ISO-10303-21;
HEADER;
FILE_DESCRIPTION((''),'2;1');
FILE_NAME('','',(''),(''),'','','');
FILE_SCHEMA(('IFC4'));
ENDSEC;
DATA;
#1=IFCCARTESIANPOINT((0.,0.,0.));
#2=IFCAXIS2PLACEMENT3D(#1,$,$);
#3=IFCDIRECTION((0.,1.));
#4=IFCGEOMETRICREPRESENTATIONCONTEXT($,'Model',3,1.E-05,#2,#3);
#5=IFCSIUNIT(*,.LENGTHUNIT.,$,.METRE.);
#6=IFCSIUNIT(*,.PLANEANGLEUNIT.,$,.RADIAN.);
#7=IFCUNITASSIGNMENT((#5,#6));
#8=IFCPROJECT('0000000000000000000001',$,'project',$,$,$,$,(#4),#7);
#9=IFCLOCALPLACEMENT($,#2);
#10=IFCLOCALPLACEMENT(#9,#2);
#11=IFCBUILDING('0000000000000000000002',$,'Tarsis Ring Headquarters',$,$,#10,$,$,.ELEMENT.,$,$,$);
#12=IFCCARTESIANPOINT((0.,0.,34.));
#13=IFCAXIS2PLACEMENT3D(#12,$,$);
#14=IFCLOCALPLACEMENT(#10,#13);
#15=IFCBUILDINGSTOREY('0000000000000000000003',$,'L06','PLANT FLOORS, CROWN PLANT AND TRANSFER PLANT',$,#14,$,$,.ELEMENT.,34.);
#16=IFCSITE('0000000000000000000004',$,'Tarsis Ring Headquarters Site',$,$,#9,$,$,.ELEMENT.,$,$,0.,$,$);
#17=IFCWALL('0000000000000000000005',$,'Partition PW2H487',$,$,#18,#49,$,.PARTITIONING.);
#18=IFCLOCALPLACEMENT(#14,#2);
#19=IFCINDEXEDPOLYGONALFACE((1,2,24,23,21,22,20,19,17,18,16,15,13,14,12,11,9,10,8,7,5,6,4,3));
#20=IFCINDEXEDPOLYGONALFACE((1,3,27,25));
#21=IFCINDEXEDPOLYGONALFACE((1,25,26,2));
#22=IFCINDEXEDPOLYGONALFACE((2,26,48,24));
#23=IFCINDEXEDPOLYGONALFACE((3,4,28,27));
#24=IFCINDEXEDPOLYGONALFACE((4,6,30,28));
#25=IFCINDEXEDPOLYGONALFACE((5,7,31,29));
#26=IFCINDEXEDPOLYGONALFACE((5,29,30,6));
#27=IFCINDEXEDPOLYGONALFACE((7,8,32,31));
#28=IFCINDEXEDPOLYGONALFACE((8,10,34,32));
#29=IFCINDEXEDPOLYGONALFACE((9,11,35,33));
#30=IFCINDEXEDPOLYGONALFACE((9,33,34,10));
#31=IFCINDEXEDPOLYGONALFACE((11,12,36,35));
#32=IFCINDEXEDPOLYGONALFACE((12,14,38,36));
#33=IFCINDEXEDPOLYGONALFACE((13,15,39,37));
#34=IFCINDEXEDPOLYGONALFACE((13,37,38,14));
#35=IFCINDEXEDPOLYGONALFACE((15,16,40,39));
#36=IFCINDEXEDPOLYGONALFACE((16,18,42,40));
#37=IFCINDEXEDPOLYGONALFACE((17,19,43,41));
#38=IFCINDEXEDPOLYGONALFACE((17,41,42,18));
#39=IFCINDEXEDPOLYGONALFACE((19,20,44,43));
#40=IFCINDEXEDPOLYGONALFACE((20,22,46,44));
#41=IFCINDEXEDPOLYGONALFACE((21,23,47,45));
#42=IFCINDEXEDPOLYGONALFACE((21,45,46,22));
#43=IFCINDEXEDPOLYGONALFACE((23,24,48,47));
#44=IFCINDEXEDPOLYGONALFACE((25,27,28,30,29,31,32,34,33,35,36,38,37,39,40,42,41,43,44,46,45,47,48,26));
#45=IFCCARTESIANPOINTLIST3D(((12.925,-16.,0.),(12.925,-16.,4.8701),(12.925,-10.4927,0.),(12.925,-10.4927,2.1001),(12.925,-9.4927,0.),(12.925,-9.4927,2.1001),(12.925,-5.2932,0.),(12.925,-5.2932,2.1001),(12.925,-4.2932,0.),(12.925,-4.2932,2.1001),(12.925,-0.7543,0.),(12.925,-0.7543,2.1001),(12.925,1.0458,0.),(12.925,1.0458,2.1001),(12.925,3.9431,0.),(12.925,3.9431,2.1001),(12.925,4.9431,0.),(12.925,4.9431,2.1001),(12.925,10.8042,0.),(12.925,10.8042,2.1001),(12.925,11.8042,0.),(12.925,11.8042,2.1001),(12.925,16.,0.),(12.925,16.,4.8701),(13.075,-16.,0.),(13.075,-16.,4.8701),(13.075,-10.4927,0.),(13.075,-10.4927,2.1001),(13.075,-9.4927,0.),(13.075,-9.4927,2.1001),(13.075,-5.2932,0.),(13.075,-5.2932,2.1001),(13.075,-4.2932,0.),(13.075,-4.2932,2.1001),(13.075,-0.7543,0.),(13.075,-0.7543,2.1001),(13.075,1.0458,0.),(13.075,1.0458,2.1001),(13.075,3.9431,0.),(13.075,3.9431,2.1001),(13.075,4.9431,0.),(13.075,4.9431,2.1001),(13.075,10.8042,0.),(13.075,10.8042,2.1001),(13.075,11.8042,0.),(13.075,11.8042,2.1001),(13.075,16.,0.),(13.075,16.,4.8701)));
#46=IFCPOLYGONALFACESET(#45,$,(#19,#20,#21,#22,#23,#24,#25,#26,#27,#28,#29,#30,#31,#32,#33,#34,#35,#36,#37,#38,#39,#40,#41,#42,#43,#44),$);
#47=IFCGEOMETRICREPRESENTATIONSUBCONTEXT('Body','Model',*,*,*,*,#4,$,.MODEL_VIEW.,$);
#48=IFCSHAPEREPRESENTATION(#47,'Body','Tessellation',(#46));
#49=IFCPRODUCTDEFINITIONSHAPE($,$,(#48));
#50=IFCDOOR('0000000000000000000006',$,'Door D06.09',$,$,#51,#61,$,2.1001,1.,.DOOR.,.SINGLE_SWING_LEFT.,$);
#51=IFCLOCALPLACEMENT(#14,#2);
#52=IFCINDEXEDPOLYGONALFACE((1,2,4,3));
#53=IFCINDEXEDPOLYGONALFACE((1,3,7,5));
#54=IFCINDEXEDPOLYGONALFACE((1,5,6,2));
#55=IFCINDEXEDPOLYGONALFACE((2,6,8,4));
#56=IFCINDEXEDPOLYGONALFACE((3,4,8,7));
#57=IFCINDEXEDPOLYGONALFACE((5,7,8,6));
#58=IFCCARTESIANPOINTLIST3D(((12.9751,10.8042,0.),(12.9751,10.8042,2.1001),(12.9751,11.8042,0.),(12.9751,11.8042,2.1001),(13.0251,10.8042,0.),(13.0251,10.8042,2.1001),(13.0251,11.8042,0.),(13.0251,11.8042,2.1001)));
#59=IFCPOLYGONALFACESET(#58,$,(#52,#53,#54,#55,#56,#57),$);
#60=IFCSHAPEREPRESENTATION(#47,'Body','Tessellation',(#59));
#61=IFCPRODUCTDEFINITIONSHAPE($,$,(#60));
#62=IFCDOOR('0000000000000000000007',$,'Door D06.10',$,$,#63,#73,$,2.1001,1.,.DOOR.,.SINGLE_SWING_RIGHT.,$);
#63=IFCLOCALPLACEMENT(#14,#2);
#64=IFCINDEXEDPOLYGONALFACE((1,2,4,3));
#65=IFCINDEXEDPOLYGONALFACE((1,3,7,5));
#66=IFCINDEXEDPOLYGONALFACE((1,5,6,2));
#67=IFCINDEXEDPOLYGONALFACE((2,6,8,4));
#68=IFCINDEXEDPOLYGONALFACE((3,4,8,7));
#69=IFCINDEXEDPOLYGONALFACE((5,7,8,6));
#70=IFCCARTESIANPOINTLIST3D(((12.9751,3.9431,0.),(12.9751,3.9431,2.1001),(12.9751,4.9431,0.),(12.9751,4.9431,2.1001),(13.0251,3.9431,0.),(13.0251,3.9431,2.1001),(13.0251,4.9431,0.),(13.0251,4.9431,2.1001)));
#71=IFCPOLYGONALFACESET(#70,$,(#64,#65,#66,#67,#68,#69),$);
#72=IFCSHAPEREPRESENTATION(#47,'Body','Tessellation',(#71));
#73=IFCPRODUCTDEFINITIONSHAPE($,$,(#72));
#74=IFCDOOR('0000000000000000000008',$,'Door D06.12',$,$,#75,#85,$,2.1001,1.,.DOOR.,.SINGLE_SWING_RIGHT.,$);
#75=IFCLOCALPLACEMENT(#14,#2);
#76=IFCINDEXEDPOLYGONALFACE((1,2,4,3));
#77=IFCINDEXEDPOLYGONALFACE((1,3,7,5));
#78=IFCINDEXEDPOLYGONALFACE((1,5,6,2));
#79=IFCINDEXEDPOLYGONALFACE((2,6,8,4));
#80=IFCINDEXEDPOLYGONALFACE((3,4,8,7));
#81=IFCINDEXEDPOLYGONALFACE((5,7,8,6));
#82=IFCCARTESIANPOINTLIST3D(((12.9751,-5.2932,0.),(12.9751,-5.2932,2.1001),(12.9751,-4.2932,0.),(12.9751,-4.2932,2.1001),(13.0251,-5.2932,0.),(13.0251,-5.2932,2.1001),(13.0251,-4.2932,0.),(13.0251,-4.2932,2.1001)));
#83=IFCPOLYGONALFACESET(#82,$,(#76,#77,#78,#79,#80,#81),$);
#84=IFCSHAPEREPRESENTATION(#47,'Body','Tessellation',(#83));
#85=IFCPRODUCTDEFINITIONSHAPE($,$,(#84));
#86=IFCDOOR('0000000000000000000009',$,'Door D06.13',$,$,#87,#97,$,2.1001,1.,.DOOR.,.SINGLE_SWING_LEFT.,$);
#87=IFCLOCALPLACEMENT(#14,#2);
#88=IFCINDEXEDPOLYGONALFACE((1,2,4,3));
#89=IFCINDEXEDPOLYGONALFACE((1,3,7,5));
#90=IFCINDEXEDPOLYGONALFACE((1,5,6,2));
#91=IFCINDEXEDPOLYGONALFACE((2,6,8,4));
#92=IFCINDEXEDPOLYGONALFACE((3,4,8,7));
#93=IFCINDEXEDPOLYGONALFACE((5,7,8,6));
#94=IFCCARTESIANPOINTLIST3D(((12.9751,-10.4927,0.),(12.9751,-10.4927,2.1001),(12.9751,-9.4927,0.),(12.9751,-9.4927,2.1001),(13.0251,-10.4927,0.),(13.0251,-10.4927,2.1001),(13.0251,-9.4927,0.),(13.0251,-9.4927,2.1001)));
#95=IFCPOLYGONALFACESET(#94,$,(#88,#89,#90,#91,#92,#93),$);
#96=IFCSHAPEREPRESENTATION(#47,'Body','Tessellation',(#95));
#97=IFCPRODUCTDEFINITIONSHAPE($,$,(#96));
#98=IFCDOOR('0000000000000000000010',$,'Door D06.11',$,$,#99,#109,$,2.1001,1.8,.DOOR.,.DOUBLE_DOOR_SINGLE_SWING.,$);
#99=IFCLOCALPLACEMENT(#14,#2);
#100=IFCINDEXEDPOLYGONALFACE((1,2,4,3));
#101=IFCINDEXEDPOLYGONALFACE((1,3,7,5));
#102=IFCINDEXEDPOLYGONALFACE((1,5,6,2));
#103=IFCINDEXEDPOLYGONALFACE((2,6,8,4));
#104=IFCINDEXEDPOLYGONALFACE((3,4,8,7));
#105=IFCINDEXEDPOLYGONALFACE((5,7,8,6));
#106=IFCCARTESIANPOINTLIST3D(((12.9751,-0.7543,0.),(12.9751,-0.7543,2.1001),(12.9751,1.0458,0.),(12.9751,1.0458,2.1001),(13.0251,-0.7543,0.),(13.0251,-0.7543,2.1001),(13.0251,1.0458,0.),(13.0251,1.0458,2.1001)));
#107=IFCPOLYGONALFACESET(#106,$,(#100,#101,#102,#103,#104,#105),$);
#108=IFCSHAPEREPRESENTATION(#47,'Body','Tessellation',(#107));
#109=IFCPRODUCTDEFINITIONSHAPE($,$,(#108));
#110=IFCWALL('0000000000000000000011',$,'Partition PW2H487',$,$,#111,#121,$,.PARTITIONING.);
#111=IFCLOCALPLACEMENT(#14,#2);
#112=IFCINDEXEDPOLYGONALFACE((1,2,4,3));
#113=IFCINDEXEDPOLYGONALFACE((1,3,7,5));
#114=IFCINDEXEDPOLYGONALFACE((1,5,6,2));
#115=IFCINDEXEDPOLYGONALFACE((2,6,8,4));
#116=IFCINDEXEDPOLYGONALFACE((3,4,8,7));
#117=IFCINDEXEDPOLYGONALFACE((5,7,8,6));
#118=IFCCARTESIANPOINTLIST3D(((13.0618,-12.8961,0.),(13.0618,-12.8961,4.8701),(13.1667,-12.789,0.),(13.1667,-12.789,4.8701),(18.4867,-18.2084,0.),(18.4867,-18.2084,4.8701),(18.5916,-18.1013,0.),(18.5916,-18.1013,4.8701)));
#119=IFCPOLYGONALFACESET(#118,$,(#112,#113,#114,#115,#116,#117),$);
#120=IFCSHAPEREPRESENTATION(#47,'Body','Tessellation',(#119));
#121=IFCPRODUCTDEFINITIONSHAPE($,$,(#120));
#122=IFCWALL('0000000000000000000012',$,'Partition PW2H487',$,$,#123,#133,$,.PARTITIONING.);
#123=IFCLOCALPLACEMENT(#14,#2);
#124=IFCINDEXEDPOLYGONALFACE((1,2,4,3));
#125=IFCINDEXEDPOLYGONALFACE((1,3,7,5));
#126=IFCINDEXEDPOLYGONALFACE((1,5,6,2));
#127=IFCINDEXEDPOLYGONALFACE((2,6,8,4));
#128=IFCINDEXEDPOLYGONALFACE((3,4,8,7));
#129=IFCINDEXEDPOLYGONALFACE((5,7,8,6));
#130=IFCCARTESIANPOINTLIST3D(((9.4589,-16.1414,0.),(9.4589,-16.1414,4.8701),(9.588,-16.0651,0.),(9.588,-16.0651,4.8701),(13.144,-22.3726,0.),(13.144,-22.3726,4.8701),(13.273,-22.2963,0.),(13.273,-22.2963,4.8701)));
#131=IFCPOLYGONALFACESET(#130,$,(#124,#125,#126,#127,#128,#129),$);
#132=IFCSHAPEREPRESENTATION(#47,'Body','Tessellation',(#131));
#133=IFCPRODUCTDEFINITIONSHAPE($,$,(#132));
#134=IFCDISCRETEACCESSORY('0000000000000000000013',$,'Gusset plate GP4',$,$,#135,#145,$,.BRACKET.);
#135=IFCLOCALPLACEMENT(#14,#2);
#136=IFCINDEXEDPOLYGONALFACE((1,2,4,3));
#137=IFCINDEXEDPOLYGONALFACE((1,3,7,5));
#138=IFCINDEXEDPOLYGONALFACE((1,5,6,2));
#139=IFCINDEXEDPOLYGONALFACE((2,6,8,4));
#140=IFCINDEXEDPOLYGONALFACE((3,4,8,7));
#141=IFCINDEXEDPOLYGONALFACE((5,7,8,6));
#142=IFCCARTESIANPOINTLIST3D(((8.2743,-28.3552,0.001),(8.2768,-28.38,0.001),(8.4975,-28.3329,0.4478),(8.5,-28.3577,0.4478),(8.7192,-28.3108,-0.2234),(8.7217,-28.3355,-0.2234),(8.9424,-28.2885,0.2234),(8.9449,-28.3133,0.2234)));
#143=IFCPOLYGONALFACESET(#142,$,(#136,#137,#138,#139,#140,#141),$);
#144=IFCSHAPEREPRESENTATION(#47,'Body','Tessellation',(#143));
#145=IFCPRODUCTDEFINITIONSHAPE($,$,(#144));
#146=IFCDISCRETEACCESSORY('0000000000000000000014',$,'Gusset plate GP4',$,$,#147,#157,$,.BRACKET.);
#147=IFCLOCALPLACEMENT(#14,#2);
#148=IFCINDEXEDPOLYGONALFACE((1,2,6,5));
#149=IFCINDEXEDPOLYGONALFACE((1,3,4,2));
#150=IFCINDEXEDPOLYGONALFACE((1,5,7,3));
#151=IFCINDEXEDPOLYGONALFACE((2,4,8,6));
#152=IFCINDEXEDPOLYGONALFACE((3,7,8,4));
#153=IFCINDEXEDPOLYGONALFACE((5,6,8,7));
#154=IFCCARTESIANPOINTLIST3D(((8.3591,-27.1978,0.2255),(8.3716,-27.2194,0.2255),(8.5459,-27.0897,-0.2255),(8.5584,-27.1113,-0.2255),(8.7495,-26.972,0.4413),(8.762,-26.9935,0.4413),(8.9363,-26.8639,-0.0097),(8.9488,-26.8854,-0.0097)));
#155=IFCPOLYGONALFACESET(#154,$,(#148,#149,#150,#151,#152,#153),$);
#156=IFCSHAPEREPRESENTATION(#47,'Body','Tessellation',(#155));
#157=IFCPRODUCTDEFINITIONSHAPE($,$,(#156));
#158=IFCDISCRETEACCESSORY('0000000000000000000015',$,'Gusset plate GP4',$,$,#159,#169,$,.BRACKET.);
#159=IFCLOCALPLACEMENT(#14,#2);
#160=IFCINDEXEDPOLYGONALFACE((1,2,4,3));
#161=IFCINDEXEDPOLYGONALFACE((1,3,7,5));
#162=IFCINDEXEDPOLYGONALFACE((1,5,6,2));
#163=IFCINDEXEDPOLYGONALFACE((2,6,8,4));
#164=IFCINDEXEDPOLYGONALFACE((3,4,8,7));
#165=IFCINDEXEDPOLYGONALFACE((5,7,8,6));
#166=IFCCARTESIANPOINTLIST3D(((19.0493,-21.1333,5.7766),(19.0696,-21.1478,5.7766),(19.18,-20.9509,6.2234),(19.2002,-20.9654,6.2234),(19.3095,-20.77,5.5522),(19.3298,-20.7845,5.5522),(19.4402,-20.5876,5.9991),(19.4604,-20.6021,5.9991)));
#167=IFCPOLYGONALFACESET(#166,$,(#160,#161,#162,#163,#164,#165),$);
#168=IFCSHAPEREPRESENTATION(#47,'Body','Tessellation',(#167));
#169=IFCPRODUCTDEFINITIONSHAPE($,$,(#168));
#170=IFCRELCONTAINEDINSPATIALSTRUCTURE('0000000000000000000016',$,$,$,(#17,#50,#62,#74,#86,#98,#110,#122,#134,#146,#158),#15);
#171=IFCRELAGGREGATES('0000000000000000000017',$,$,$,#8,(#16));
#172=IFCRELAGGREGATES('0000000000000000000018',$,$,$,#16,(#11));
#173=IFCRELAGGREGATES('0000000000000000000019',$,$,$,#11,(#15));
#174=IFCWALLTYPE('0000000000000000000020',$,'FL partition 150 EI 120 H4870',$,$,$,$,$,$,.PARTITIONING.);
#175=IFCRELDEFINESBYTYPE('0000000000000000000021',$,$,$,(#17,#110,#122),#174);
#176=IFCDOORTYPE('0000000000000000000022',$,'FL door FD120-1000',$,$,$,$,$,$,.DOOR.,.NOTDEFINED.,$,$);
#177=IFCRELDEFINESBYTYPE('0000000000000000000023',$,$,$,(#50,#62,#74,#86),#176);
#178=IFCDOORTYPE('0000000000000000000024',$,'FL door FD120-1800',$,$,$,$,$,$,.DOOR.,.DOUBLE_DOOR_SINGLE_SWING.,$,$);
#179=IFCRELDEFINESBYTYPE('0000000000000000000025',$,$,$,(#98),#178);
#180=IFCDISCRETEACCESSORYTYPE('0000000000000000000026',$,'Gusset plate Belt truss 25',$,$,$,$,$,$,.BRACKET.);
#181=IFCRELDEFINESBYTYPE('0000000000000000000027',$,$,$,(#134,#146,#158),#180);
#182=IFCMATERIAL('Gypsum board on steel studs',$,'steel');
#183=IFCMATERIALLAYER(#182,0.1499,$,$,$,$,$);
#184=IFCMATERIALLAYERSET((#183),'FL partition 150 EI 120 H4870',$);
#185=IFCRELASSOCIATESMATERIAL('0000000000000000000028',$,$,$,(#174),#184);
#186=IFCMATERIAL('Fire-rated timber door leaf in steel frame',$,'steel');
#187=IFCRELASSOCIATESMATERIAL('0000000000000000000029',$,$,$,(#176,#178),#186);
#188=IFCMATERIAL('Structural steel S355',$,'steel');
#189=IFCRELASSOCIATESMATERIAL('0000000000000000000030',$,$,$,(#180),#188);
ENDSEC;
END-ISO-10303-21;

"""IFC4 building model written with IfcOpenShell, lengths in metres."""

from ifc_helpers import new_model, si_unit, direction, frame, frame_2d, origin, origin_2d, place, context, subcontext, project, spatial, rectangle, extrude, material, layer, layer_set, material_profile, profile_set, type_object, element, fill, save


model = new_model("IFC4")

# Units and contexts
model_context = context("Model", 3, precision=1e-05, world=origin(), true_north=direction((0.0, 1.0)))
body_context = subcontext(model_context, "Body", "Model", "MODEL_VIEW")
ifc_project = project(units=[si_unit("LENGTHUNIT", "METRE"), si_unit("PLANEANGLEUNIT", "RADIAN")], contexts=[model_context])

# Site, building, storey
site_placement = place(None, origin())
site = spatial("IfcSite", under=ifc_project, at=site_placement, Name="Tarsis Ring Headquarters Site", CompositionType="ELEMENT", RefElevation=0.0)
building_placement = place(site_placement, origin())
building = spatial("IfcBuilding", under=site, at=building_placement, Name="Tarsis Ring Headquarters", CompositionType="ELEMENT")
storey_placement = place(building_placement, frame((0.0, 0.0, 34.0)))
storey = spatial("IfcBuildingStorey", under=building, at=storey_placement, Name="L06", Description="PLANT FLOORS, CROWN PLANT AND TRANSFER PLANT", CompositionType="ELEMENT", Elevation=34.0)

# Shared definitions
ifc_material_1 = material(Name="Structural steel S355", Category="steel")

# Wall, openings, doors
ifc_material_2 = material(Name="Gypsum board on steel studs", Category="steel")
ifc_layer_1 = layer(ifc_material_2, 0.1499)
ifc_layer_set_1 = layer_set([ifc_layer_1], Name="FL partition 150 EI 120 H4870")
wall_type_1 = type_object("IfcWallType", Name="FL partition 150 EI 120 H4870", PredefinedType="PARTITIONING", material=ifc_layer_set_1)
wall_1_placement = place(storey_placement, frame((13.0, -16.0, 0.0), z_axis=(0.0, 0.0, 1.0), x_axis=(0.0, 1.0, 0.0)))
wall_1 = element("IfcWall", 1, at=wall_1_placement, inside=storey, type_object=wall_type_1, Name="Partition PW2H487", PredefinedType="PARTITIONING", context=body_context, shape_type="SweptSolid", body=[
    extrude(rectangle(XDim=32.0, YDim=0.1499, at=frame_2d((16.0, 0.0))), origin(), (0.0, 0.0, 1.0), 4.8701),
])
opening_1_placement = place(wall_1_placement, frame((26.8042, 0.0, 0.0)))
opening_1 = element("IfcOpeningElement", 2, at=opening_1_placement, cuts=wall_1, PredefinedType="OPENING", context=body_context, shape_type="SweptSolid", body=[
    extrude(rectangle(XDim=1.0, YDim=2.1001, at=frame_2d((0.5, 1.05))), frame((0.0, 0.085, 0.0), z_axis=(0.0, -1.0, 0.0), x_axis=(1.0, 0.0, 0.0)), (0.0, 0.0, 1.0), 0.1699),
])
opening_2_placement = place(wall_1_placement, frame((19.9431, 0.0, 0.0)))
opening_2 = element("IfcOpeningElement", 3, at=opening_2_placement, cuts=wall_1, PredefinedType="OPENING", context=body_context, shape_type="SweptSolid", body=[
    extrude(rectangle(XDim=1.0, YDim=2.1001, at=frame_2d((0.5, 1.05))), frame((0.0, 0.085, 0.0), z_axis=(0.0, -1.0, 0.0), x_axis=(1.0, 0.0, 0.0)), (0.0, 0.0, 1.0), 0.1699),
])
opening_3_placement = place(wall_1_placement, frame((15.2458, 0.0, 0.0)))
opening_3 = element("IfcOpeningElement", 4, at=opening_3_placement, cuts=wall_1, PredefinedType="OPENING", context=body_context, shape_type="SweptSolid", body=[
    extrude(rectangle(XDim=1.8, YDim=2.1001, at=frame_2d((0.8999, 1.05))), frame((0.0, 0.085, 0.0), z_axis=(0.0, -1.0, 0.0), x_axis=(1.0, 0.0, 0.0)), (0.0, 0.0, 1.0), 0.1699),
])
opening_4_placement = place(wall_1_placement, frame((10.7068, 0.0, 0.0)))
opening_4 = element("IfcOpeningElement", 5, at=opening_4_placement, cuts=wall_1, PredefinedType="OPENING", context=body_context, shape_type="SweptSolid", body=[
    extrude(rectangle(XDim=1.0, YDim=2.1001, at=frame_2d((0.5, 1.05))), frame((0.0, 0.085, 0.0), z_axis=(0.0, -1.0, 0.0), x_axis=(1.0, 0.0, 0.0)), (0.0, 0.0, 1.0), 0.1699),
])
opening_5_placement = place(wall_1_placement, frame((5.5073, 0.0, 0.0)))
opening_5 = element("IfcOpeningElement", 6, at=opening_5_placement, cuts=wall_1, PredefinedType="OPENING", context=body_context, shape_type="SweptSolid", body=[
    extrude(rectangle(XDim=1.0, YDim=2.1001, at=frame_2d((0.5, 1.05))), frame((0.0, 0.085, 0.0), z_axis=(0.0, -1.0, 0.0), x_axis=(1.0, 0.0, 0.0)), (0.0, 0.0, 1.0), 0.1699),
])
ifc_material_3 = material(Name="Fire-rated timber door leaf in steel frame", Category="steel")
door_type_1 = type_object("IfcDoorType", Name="FL door FD120-1000", OperationType="NOTDEFINED", PredefinedType="DOOR", material=ifc_material_3)
door_1_placement = place(opening_1_placement, origin())
door_1 = element("IfcDoor", 7, at=door_1_placement, inside=storey, type_object=door_type_1, Name="Door D06.09", OperationType="SINGLE_SWING_LEFT", OverallHeight=2.1001, OverallWidth=1.0, PredefinedType="DOOR", context=body_context, shape_type="SweptSolid", body=[
    extrude(rectangle(XDim=1.0, YDim=2.1001, at=frame_2d((0.5, 1.05))), frame((0.0, 0.0249, 0.0), z_axis=(0.0, -1.0, 0.0), x_axis=(1.0, 0.0, 0.0)), (0.0, 0.0, 1.0), 0.05),
])
fill(opening_1, door_1)
door_2_placement = place(opening_2_placement, origin())
door_2 = element("IfcDoor", 8, at=door_2_placement, inside=storey, type_object=door_type_1, Name="Door D06.10", OperationType="SINGLE_SWING_RIGHT", OverallHeight=2.1001, OverallWidth=1.0, PredefinedType="DOOR", context=body_context, shape_type="SweptSolid", body=[
    extrude(rectangle(XDim=1.0, YDim=2.1001, at=frame_2d((0.5, 1.05))), frame((0.0, 0.0249, 0.0), z_axis=(0.0, -1.0, 0.0), x_axis=(1.0, 0.0, 0.0)), (0.0, 0.0, 1.0), 0.05),
])
fill(opening_2, door_2)
door_3_placement = place(opening_4_placement, origin())
door_3 = element("IfcDoor", 9, at=door_3_placement, inside=storey, type_object=door_type_1, Name="Door D06.12", OperationType="SINGLE_SWING_RIGHT", OverallHeight=2.1001, OverallWidth=1.0, PredefinedType="DOOR", context=body_context, shape_type="SweptSolid", body=[
    extrude(rectangle(XDim=1.0, YDim=2.1001, at=frame_2d((0.5, 1.05))), frame((0.0, 0.0249, 0.0), z_axis=(0.0, -1.0, 0.0), x_axis=(1.0, 0.0, 0.0)), (0.0, 0.0, 1.0), 0.05),
])
fill(opening_4, door_3)
door_4_placement = place(opening_5_placement, origin())
door_4 = element("IfcDoor", 10, at=door_4_placement, inside=storey, type_object=door_type_1, Name="Door D06.13", OperationType="SINGLE_SWING_LEFT", OverallHeight=2.1001, OverallWidth=1.0, PredefinedType="DOOR", context=body_context, shape_type="SweptSolid", body=[
    extrude(rectangle(XDim=1.0, YDim=2.1001, at=frame_2d((0.5, 1.05))), frame((0.0, 0.0249, 0.0), z_axis=(0.0, -1.0, 0.0), x_axis=(1.0, 0.0, 0.0)), (0.0, 0.0, 1.0), 0.05),
])
fill(opening_5, door_4)
door_type_2 = type_object("IfcDoorType", Name="FL door FD120-1800", OperationType="DOUBLE_DOOR_SINGLE_SWING", PredefinedType="DOOR", material=ifc_material_3)
door_5_placement = place(opening_3_placement, origin())
door_5 = element("IfcDoor", 11, at=door_5_placement, inside=storey, type_object=door_type_2, Name="Door D06.11", OperationType="DOUBLE_DOOR_SINGLE_SWING", OverallHeight=2.1001, OverallWidth=1.8, PredefinedType="DOOR", context=body_context, shape_type="SweptSolid", body=[
    extrude(rectangle(XDim=1.8, YDim=2.1001, at=frame_2d((0.8999, 1.05))), frame((0.0, 0.0249, 0.0), z_axis=(0.0, -1.0, 0.0), x_axis=(1.0, 0.0, 0.0)), (0.0, 0.0, 1.0), 0.05),
])
fill(opening_3, door_5)

# Walls
wall_2_placement = place(storey_placement, frame((13.1143, -12.8425, 0.0), z_axis=(0.0, 0.0, 1.0), x_axis=(0.71448, -0.699656, 0.0)))
element("IfcWall", 12, at=wall_2_placement, inside=storey, type_object=wall_type_1, Name="Partition PW2H487", PredefinedType="PARTITIONING", context=body_context, shape_type="SweptSolid", body=[
    extrude(rectangle(XDim=7.5928, YDim=0.1499, at=frame_2d((3.7964, 0.0))), origin(), (0.0, 0.0, 1.0), 4.8701),
])
wall_3_placement = place(storey_placement, frame((9.5234, -16.1033, 0.0), z_axis=(0.0, 0.0, 1.0), x_axis=(0.509035, -0.860746, 0.0)))
element("IfcWall", 13, at=wall_3_placement, inside=storey, type_object=wall_type_1, Name="Partition PW2H487", PredefinedType="PARTITIONING", context=body_context, shape_type="SweptSolid", body=[
    extrude(rectangle(XDim=7.2393, YDim=0.1499, at=frame_2d((3.6196, 0.0))), origin(), (0.0, 0.0, 1.0), 4.8701),
])

# Discrete accessories
ifc_material_profile_1 = material_profile(ifc_material_1, rectangle(XDim=0.0249, YDim=0.5, at=origin_2d()), Name="PL 25x500")
ifc_profile_set_1 = profile_set([ifc_material_profile_1], Name="Structural steel S355")
discrete_accessory_type = type_object("IfcDiscreteAccessoryType", Name="Gusset plate Belt truss 25", PredefinedType="BRACKET", material=ifc_profile_set_1)
discrete_accessory_placement = place(storey_placement, frame((8.832, -28.312, 0.0), z_axis=(-0.889324, -0.088835, 0.448567), x_axis=(0.099396, -0.995048, 0.0)))
element("IfcDiscreteAccessory", 14, at=discrete_accessory_placement, inside=storey, type_object=discrete_accessory_type, Name="Gusset plate GP4", PredefinedType="BRACKET", context=body_context, shape_type="SweptSolid", body=[
    extrude(rectangle(XDim=0.0249, YDim=0.5, at=origin_2d()), origin(), (0.0, 0.0, 1.0), 0.5002),
])
for number, where, z_axis, x_axis, name in (
    (15, (8.4587, -27.1545, 0.0), (0.780801, 0.451683, 0.431662), (-0.500737, 0.865599, 0.0), "Gusset plate GP4"),
    (16, (19.1248, -21.0493, 6.0), (0.520461, 0.726497, -0.44869), (-0.812921, 0.582375, 0.0), "Gusset plate GP4"),
):
    element("IfcDiscreteAccessory", number, at=place(storey_placement, frame(where, z_axis=z_axis, x_axis=x_axis)), inside=storey, type_object=discrete_accessory_type, Name=name, PredefinedType="BRACKET", context=body_context, shape_type="SweptSolid", body=[
        extrude(rectangle(XDim=0.0249, YDim=0.5, at=origin_2d()), origin(), (0.0, 0.0, 1.0), 0.5),
    ])

save(model, "model.ifc")
